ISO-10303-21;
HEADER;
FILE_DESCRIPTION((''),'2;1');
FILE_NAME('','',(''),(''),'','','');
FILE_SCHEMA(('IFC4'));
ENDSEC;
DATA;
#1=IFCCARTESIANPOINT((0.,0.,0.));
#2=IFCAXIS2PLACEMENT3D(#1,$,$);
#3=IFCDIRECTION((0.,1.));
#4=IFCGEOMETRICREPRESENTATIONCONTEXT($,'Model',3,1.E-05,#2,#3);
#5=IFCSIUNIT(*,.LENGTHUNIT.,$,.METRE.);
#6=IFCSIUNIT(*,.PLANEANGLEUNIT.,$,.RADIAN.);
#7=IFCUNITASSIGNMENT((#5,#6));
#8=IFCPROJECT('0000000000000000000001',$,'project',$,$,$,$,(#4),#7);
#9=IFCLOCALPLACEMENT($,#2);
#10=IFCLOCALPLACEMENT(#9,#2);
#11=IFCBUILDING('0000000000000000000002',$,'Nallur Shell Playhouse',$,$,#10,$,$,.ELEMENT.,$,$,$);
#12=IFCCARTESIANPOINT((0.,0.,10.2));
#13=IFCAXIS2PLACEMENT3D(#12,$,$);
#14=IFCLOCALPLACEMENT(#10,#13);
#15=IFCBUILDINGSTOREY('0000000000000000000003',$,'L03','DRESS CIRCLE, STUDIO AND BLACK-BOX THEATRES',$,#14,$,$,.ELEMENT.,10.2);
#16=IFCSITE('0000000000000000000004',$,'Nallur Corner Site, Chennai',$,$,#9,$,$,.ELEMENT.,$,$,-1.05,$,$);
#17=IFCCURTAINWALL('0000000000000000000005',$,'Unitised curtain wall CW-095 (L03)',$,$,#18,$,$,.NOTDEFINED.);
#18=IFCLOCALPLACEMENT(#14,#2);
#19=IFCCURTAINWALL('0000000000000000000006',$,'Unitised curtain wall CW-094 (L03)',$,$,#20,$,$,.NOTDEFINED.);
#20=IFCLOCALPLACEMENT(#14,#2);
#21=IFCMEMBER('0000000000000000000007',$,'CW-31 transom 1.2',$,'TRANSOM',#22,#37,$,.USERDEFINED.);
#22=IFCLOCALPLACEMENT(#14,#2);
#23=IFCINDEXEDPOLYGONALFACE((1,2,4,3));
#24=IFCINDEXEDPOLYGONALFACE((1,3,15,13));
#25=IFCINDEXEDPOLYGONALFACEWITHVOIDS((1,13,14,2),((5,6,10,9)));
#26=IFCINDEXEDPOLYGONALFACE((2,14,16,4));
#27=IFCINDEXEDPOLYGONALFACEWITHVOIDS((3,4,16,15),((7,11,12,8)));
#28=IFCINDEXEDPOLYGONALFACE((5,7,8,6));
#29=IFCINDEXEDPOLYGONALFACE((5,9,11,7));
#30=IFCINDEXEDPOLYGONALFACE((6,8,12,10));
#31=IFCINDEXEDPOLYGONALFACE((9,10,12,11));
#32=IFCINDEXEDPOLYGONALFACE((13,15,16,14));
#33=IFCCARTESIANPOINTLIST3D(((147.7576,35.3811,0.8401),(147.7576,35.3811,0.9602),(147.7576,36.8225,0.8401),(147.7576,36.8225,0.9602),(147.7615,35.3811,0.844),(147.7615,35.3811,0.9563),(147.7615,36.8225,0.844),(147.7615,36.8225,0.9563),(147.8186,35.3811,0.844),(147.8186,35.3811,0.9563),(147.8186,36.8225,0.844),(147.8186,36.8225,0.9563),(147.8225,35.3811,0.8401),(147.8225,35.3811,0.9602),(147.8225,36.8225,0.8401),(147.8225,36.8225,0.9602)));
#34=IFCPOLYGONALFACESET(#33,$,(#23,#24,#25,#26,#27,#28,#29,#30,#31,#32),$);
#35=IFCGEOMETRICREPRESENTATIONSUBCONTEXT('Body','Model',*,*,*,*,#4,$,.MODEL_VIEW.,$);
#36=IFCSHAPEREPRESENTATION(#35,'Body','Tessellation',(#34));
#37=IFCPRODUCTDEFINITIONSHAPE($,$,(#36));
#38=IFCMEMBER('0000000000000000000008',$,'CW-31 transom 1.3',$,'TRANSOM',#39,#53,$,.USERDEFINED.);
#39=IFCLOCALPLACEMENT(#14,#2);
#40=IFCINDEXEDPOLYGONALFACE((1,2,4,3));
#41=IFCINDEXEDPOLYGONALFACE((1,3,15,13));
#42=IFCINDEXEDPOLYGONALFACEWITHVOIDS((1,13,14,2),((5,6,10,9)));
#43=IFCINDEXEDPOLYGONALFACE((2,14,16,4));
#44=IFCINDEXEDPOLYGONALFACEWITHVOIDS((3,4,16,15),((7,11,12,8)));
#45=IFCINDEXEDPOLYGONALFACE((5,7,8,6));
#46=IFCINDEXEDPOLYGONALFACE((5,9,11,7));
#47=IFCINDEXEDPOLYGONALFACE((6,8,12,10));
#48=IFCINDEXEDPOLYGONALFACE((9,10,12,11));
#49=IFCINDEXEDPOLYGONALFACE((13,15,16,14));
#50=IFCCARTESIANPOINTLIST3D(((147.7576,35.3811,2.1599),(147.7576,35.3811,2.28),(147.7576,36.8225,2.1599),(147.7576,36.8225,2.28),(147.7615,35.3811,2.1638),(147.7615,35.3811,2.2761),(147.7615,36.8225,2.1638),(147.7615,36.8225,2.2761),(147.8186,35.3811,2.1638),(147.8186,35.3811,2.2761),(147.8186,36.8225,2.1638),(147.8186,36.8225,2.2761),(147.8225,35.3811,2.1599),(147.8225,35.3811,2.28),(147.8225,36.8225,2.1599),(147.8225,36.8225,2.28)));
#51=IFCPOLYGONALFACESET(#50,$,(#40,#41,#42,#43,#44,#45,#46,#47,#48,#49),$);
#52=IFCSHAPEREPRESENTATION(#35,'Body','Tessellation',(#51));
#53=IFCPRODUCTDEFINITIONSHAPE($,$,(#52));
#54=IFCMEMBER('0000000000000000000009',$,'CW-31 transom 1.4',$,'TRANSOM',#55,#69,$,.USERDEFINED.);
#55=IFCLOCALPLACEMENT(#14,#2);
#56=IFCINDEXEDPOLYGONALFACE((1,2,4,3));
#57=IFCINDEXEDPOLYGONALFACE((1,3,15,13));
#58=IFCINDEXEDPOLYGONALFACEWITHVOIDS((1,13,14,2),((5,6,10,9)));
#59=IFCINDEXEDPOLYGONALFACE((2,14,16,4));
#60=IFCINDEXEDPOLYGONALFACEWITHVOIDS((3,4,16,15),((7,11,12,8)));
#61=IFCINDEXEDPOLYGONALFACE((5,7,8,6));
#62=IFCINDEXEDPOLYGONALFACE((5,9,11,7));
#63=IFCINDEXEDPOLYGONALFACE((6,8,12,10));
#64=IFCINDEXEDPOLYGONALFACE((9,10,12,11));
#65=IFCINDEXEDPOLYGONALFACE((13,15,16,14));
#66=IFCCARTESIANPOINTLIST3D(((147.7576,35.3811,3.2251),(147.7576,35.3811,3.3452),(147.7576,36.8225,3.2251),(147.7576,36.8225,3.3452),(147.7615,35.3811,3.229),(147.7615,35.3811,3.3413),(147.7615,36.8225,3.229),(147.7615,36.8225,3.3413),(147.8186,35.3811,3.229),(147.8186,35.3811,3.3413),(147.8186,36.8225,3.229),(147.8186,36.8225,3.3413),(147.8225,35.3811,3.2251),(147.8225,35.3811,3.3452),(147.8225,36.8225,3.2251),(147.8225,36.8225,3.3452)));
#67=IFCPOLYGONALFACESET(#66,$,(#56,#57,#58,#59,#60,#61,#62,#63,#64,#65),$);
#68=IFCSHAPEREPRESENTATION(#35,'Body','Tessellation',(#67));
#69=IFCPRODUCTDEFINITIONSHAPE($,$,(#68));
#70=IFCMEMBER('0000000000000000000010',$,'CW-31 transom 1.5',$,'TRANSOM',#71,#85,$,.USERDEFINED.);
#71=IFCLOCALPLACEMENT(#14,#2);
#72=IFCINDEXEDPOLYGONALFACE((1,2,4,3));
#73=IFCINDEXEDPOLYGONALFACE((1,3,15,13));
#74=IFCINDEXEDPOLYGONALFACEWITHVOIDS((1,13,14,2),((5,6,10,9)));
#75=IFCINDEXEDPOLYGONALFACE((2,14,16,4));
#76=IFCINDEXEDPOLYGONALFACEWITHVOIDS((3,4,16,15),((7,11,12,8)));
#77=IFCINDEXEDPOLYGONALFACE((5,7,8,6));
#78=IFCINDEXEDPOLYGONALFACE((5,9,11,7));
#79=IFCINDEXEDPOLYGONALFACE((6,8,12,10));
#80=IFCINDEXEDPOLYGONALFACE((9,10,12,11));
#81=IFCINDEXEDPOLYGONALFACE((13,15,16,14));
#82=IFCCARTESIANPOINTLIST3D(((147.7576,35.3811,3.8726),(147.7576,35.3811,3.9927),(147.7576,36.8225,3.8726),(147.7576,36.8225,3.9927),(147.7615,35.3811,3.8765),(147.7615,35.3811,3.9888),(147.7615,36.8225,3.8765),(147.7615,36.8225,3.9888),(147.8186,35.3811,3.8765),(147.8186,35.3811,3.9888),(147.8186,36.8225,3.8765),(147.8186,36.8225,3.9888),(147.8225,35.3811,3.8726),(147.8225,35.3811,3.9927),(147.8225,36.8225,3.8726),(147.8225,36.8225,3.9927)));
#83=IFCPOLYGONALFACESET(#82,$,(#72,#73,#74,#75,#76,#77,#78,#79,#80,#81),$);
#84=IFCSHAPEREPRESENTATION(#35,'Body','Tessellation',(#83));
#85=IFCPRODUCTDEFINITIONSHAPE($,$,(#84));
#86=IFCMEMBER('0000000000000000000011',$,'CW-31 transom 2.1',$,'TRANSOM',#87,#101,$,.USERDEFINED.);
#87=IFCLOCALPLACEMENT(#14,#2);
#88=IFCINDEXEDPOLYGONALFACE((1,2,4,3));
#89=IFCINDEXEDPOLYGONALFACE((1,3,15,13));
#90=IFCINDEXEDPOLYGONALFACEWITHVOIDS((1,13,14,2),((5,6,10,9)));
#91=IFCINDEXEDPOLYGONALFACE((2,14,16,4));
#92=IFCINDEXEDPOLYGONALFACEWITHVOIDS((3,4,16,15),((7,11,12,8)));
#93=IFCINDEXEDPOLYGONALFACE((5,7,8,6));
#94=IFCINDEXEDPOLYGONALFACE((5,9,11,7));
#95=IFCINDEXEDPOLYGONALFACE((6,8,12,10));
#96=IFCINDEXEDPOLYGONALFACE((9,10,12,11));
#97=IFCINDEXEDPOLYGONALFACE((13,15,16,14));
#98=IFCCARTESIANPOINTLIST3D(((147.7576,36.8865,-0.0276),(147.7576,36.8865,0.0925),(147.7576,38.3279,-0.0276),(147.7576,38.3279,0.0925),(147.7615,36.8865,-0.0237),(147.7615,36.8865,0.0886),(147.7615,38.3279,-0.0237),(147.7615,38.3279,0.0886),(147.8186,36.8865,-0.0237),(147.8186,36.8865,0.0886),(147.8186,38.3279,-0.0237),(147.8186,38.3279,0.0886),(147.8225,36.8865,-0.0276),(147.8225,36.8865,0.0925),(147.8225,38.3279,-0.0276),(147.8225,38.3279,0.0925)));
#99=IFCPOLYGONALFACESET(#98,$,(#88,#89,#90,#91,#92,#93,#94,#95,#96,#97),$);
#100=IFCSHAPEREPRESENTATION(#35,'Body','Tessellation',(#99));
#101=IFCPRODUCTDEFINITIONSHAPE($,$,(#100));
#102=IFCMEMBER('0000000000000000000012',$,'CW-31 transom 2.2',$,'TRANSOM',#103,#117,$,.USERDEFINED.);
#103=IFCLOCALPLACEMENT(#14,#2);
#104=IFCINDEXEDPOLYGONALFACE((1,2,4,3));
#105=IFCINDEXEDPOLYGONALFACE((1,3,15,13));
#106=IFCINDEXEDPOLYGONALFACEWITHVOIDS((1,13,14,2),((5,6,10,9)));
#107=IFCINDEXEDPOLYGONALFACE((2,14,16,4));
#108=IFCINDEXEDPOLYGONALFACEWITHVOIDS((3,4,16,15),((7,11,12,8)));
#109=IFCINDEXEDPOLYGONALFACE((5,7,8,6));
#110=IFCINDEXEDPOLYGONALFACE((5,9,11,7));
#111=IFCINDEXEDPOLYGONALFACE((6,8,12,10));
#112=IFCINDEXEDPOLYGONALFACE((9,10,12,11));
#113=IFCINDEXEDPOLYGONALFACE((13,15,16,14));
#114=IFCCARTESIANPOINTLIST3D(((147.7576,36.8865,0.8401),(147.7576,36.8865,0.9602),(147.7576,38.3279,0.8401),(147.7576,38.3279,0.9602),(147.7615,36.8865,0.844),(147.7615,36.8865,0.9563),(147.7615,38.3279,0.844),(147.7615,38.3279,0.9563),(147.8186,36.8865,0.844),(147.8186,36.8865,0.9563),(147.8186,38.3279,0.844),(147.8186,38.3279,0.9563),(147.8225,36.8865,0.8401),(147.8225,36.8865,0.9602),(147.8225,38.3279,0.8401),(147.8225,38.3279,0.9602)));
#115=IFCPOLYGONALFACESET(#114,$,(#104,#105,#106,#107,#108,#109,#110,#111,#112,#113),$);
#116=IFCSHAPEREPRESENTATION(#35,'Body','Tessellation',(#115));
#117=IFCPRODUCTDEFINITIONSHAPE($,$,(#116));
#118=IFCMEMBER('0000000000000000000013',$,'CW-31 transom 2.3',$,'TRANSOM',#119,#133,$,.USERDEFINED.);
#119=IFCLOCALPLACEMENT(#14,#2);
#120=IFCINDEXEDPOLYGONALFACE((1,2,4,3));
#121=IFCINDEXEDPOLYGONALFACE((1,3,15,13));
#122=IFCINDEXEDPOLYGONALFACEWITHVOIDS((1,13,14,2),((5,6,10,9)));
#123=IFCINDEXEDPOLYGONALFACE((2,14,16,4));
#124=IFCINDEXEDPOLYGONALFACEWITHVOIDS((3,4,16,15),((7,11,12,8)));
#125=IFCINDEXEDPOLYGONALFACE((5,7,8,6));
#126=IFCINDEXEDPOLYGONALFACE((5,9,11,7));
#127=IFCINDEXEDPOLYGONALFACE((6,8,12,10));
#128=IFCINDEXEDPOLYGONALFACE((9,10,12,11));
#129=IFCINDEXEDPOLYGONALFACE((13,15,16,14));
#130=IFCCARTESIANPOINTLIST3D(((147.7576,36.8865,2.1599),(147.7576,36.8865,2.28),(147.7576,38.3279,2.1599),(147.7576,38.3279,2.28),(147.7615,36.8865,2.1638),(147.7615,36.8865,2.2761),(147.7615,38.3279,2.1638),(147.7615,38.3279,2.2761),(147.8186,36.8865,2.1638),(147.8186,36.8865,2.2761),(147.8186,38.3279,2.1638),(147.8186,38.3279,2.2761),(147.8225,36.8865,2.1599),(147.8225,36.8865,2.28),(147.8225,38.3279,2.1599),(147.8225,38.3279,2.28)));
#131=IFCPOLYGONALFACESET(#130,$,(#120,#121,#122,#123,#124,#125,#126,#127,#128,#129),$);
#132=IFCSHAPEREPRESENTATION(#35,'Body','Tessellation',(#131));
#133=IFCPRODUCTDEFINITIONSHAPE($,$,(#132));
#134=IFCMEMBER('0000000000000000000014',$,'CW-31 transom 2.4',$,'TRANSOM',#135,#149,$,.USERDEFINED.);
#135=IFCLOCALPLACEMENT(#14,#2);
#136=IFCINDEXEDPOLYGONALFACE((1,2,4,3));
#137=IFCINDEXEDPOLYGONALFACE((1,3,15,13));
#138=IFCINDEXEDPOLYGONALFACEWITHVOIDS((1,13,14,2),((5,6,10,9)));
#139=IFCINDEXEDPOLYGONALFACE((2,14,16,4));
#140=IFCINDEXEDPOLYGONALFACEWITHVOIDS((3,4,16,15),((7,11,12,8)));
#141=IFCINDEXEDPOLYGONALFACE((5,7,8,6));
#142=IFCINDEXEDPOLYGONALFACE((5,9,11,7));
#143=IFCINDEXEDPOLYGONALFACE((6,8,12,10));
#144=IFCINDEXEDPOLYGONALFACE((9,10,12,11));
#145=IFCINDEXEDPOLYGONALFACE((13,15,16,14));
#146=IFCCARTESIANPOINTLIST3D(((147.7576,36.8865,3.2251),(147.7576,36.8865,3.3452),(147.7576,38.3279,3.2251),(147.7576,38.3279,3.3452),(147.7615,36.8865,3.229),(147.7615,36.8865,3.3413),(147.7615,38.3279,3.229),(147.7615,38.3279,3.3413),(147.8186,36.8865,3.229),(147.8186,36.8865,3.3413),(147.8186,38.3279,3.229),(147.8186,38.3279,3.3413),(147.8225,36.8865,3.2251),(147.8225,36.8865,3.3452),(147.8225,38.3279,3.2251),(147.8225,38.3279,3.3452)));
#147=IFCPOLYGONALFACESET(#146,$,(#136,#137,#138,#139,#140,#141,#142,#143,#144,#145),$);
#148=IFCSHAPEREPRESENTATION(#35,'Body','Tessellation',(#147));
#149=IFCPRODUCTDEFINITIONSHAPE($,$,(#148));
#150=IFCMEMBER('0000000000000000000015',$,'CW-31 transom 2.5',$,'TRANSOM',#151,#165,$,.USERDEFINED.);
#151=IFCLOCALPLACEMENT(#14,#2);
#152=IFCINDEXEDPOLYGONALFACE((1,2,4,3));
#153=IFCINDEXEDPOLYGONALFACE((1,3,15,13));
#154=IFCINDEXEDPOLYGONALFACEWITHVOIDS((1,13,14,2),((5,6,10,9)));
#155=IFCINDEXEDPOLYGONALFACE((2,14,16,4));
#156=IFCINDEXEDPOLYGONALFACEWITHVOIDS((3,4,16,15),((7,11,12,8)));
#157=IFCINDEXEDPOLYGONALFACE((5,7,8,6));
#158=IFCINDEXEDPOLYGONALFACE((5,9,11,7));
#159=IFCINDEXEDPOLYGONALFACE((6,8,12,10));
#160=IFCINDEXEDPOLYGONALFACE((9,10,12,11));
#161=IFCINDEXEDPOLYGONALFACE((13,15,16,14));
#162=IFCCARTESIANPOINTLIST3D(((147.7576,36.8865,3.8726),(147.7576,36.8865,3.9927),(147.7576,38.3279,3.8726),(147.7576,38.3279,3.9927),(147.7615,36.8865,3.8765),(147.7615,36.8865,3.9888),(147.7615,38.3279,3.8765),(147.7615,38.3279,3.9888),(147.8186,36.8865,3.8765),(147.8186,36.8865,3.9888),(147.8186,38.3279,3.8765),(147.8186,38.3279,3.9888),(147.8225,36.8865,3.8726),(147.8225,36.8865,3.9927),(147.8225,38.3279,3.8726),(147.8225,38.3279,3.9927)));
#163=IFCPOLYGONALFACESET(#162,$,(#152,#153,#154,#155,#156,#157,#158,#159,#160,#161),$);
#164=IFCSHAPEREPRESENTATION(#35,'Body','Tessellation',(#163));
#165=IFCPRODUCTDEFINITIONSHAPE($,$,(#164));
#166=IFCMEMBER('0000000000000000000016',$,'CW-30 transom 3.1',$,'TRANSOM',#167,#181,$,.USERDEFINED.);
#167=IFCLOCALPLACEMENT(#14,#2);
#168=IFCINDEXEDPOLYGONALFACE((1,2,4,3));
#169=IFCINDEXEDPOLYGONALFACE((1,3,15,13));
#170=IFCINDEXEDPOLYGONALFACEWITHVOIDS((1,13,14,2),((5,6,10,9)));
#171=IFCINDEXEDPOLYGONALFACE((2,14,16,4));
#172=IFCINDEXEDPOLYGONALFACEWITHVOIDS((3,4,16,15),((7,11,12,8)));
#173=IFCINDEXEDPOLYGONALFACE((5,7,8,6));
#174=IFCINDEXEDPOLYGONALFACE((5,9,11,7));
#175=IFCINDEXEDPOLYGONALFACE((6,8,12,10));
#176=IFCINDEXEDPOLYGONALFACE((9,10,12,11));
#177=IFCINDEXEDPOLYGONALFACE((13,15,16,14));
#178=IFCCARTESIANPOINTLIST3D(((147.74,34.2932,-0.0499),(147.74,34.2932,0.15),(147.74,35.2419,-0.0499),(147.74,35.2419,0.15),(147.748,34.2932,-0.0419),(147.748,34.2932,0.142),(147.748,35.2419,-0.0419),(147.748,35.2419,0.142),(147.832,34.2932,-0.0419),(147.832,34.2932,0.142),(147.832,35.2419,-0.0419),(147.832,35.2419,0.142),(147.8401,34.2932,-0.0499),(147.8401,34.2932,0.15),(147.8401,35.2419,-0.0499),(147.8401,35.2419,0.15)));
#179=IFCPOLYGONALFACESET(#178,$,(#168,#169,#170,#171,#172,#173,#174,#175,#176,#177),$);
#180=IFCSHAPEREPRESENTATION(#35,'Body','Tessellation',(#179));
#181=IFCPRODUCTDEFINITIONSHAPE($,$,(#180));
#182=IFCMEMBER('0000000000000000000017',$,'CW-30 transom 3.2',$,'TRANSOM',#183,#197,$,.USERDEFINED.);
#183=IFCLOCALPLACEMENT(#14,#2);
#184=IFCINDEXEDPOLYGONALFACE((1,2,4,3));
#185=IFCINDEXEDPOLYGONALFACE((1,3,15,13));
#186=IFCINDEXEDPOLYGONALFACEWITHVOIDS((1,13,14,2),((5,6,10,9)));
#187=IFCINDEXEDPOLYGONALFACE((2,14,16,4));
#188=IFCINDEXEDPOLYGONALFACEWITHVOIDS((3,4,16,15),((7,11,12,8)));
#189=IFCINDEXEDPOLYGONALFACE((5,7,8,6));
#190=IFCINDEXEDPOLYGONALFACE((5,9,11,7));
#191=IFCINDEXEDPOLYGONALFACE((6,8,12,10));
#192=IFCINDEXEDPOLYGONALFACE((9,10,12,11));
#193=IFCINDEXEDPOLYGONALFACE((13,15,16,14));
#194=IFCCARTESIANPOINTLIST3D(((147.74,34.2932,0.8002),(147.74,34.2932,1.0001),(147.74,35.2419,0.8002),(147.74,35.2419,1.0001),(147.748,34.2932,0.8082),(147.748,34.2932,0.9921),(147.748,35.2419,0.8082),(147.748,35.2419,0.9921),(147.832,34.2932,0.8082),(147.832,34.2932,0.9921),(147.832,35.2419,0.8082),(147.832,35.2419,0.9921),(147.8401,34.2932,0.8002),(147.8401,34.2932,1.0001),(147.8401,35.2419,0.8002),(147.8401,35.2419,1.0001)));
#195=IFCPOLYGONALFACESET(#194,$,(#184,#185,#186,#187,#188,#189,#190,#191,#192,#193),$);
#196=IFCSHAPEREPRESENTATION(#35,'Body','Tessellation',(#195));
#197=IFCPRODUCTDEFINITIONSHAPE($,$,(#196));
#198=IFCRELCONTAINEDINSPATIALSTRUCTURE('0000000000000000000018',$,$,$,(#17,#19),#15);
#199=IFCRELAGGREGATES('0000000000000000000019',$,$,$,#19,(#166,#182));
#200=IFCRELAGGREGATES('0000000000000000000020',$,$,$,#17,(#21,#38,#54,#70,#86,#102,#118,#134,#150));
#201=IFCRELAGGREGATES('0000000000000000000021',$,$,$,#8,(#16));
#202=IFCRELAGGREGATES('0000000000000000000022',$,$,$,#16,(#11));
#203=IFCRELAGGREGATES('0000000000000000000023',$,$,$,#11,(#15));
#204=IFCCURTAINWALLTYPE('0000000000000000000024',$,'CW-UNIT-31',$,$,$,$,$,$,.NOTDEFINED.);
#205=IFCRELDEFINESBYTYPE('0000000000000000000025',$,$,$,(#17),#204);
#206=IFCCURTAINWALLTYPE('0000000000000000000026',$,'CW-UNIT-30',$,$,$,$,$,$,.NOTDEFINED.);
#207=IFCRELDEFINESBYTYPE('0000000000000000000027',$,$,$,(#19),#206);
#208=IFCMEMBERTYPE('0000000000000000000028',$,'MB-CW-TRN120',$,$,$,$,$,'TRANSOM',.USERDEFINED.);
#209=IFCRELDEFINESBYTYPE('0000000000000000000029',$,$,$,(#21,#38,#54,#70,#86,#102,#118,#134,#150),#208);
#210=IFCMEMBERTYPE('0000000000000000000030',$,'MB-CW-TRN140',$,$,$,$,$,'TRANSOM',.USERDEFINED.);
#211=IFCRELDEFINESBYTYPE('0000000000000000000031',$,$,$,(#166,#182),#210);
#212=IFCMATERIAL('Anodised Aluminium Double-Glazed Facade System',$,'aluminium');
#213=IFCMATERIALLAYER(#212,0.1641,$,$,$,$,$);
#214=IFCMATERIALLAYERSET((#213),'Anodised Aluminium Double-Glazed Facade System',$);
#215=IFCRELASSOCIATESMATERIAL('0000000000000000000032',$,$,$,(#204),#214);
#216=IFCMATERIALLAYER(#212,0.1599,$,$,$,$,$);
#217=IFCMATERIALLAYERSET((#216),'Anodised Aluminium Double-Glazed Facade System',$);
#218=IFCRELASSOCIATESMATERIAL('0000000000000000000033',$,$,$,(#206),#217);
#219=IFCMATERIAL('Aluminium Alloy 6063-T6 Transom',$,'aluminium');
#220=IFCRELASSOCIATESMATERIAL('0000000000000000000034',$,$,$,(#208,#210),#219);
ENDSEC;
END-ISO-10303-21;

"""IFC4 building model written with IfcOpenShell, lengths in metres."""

from ifc_helpers import new_model, si_unit, direction, frame, origin, origin_2d, place, context, subcontext, project, spatial, hollow_rectangle, extrude, material, layer, layer_set, material_profile, profile_set, type_object, element, aggregate, save


model = new_model("IFC4")

# Units and contexts
model_context = context("Model", 3, precision=1e-05, world=origin(), true_north=direction((0.0, 1.0)))
body_context = subcontext(model_context, "Body", "Model", "MODEL_VIEW")
ifc_project = project(units=[si_unit("LENGTHUNIT", "METRE"), si_unit("PLANEANGLEUNIT", "RADIAN")], contexts=[model_context])

# Site, building, storey
site_placement = place(None, origin())
site = spatial("IfcSite", under=ifc_project, at=site_placement, Name="Nallur Corner Site, Chennai", CompositionType="ELEMENT", RefElevation=-1.05)
building_placement = place(site_placement, origin())
building = spatial("IfcBuilding", under=site, at=building_placement, Name="Nallur Shell Playhouse", CompositionType="ELEMENT")
storey_placement = place(building_placement, frame((0.0, 0.0, 10.2)))
storey = spatial("IfcBuildingStorey", under=building, at=storey_placement, Name="L03", Description="DRESS CIRCLE, STUDIO AND BLACK-BOX THEATRES", CompositionType="ELEMENT", Elevation=10.2)

# Curtain walls
ifc_material_1 = material(Name="Anodised Aluminium Double-Glazed Facade System", Category="aluminium")
ifc_layer_1 = layer(ifc_material_1, 0.1641)
ifc_layer_set_1 = layer_set([ifc_layer_1], Name="Anodised Aluminium Double-Glazed Facade System")
curtain_wall_type_1 = type_object("IfcCurtainWallType", Name="CW-UNIT-31", PredefinedType="NOTDEFINED", material=ifc_layer_set_1)
curtain_wall_1_placement = place(storey_placement, origin())
curtain_wall_1 = element("IfcCurtainWall", 1, at=curtain_wall_1_placement, inside=storey, type_object=curtain_wall_type_1, Name="Unitised curtain wall CW-095 (L03)", PredefinedType="NOTDEFINED")
ifc_layer_2 = layer(ifc_material_1, 0.1599)
ifc_layer_set_2 = layer_set([ifc_layer_2], Name="Anodised Aluminium Double-Glazed Facade System")
curtain_wall_type_2 = type_object("IfcCurtainWallType", Name="CW-UNIT-30", PredefinedType="NOTDEFINED", material=ifc_layer_set_2)
curtain_wall_2_placement = place(storey_placement, origin())
curtain_wall_2 = element("IfcCurtainWall", 2, at=curtain_wall_2_placement, inside=storey, type_object=curtain_wall_type_2, Name="Unitised curtain wall CW-094 (L03)", PredefinedType="NOTDEFINED")

# Members
ifc_material_2 = material(Name="Aluminium Alloy 6063-T6 Transom", Category="aluminium")
ifc_material_profile_1 = material_profile(ifc_material_2, hollow_rectangle(XDim=0.0649, YDim=0.1201, WallThickness=0.0039, at=origin_2d()), Name="ALU 65x120x4")
ifc_profile_set_1 = profile_set([ifc_material_profile_1], Name="Aluminium Alloy 6063-T6 Transom")
member_type_1 = type_object("IfcMemberType", Name="MB-CW-TRN120", ElementType="TRANSOM", PredefinedType="USERDEFINED", material=ifc_profile_set_1)
member_1_placement = place(storey_placement, frame((147.79, 35.3811, 0.9001), z_axis=(0.0, 1.0, 0.0), x_axis=(-1.0, 0.0, 0.0)))
member_1 = element("IfcMember", 3, at=member_1_placement, type_object=member_type_1, Name="CW-31 transom 1.2", ObjectType="TRANSOM", PredefinedType="USERDEFINED", context=body_context, shape_type="SweptSolid", body=[
    extrude(hollow_rectangle(XDim=0.0649, YDim=0.1201, WallThickness=0.0039, at=origin_2d()), origin(), (0.0, 0.0, 1.0), 1.4414),
])
member_2_placement = place(storey_placement, frame((147.79, 35.3811, 2.22), z_axis=(0.0, 1.0, 0.0), x_axis=(-1.0, 0.0, 0.0)))
member_2 = element("IfcMember", 4, at=member_2_placement, type_object=member_type_1, Name="CW-31 transom 1.3", ObjectType="TRANSOM", PredefinedType="USERDEFINED", context=body_context, shape_type="SweptSolid", body=[
    extrude(hollow_rectangle(XDim=0.0649, YDim=0.1201, WallThickness=0.0039, at=origin_2d()), origin(), (0.0, 0.0, 1.0), 1.4414),
])
member_3_placement = place(storey_placement, frame((147.79, 35.3811, 3.2852), z_axis=(0.0, 1.0, 0.0), x_axis=(-1.0, 0.0, 0.0)))
member_3 = element("IfcMember", 5, at=member_3_placement, type_object=member_type_1, Name="CW-31 transom 1.4", ObjectType="TRANSOM", PredefinedType="USERDEFINED", context=body_context, shape_type="SweptSolid", body=[
    extrude(hollow_rectangle(XDim=0.0649, YDim=0.1201, WallThickness=0.0039, at=origin_2d()), origin(), (0.0, 0.0, 1.0), 1.4414),
])
member_4_placement = place(storey_placement, frame((147.79, 35.3811, 3.9326), z_axis=(0.0, 1.0, 0.0), x_axis=(-1.0, 0.0, 0.0)))
member_4 = element("IfcMember", 6, at=member_4_placement, type_object=member_type_1, Name="CW-31 transom 1.5", ObjectType="TRANSOM", PredefinedType="USERDEFINED", context=body_context, shape_type="SweptSolid", body=[
    extrude(hollow_rectangle(XDim=0.0649, YDim=0.1201, WallThickness=0.0039, at=origin_2d()), origin(), (0.0, 0.0, 1.0), 1.4414),
])
member_5_placement = place(storey_placement, frame((147.79, 36.8865, 0.0325), z_axis=(0.0, 1.0, 0.0), x_axis=(-1.0, 0.0, 0.0)))
member_5 = element("IfcMember", 7, at=member_5_placement, type_object=member_type_1, Name="CW-31 transom 2.1", ObjectType="TRANSOM", PredefinedType="USERDEFINED", context=body_context, shape_type="SweptSolid", body=[
    extrude(hollow_rectangle(XDim=0.0649, YDim=0.1201, WallThickness=0.0039, at=origin_2d()), origin(), (0.0, 0.0, 1.0), 1.4414),
])
member_6_placement = place(storey_placement, frame((147.79, 36.8865, 0.9001), z_axis=(0.0, 1.0, 0.0), x_axis=(-1.0, 0.0, 0.0)))
member_6 = element("IfcMember", 8, at=member_6_placement, type_object=member_type_1, Name="CW-31 transom 2.2", ObjectType="TRANSOM", PredefinedType="USERDEFINED", context=body_context, shape_type="SweptSolid", body=[
    extrude(hollow_rectangle(XDim=0.0649, YDim=0.1201, WallThickness=0.0039, at=origin_2d()), origin(), (0.0, 0.0, 1.0), 1.4414),
])
member_7_placement = place(storey_placement, frame((147.79, 36.8865, 2.22), z_axis=(0.0, 1.0, 0.0), x_axis=(-1.0, 0.0, 0.0)))
member_7 = element("IfcMember", 9, at=member_7_placement, type_object=member_type_1, Name="CW-31 transom 2.3", ObjectType="TRANSOM", PredefinedType="USERDEFINED", context=body_context, shape_type="SweptSolid", body=[
    extrude(hollow_rectangle(XDim=0.0649, YDim=0.1201, WallThickness=0.0039, at=origin_2d()), origin(), (0.0, 0.0, 1.0), 1.4414),
])
member_8_placement = place(storey_placement, frame((147.79, 36.8865, 3.2852), z_axis=(0.0, 1.0, 0.0), x_axis=(-1.0, 0.0, 0.0)))
member_8 = element("IfcMember", 10, at=member_8_placement, type_object=member_type_1, Name="CW-31 transom 2.4", ObjectType="TRANSOM", PredefinedType="USERDEFINED", context=body_context, shape_type="SweptSolid", body=[
    extrude(hollow_rectangle(XDim=0.0649, YDim=0.1201, WallThickness=0.0039, at=origin_2d()), origin(), (0.0, 0.0, 1.0), 1.4414),
])
member_9_placement = place(storey_placement, frame((147.79, 36.8865, 3.9326), z_axis=(0.0, 1.0, 0.0), x_axis=(-1.0, 0.0, 0.0)))
member_9 = element("IfcMember", 11, at=member_9_placement, type_object=member_type_1, Name="CW-31 transom 2.5", ObjectType="TRANSOM", PredefinedType="USERDEFINED", context=body_context, shape_type="SweptSolid", body=[
    extrude(hollow_rectangle(XDim=0.0649, YDim=0.1201, WallThickness=0.0039, at=origin_2d()), origin(), (0.0, 0.0, 1.0), 1.4414),
])
ifc_material_profile_2 = material_profile(ifc_material_2, hollow_rectangle(XDim=0.1001, YDim=0.2, WallThickness=0.0081, at=origin_2d()), Name="RHS 200x100x8")
ifc_profile_set_2 = profile_set([ifc_material_profile_2], Name="Aluminium Alloy 6063-T6 Transom")
member_type_2 = type_object("IfcMemberType", Name="MB-CW-TRN140", ElementType="TRANSOM", PredefinedType="USERDEFINED", material=ifc_profile_set_2)
member_10_placement = place(storey_placement, frame((147.79, 34.2932, 0.05), z_axis=(0.0, 1.0, 0.0), x_axis=(-1.0, 0.0, 0.0)))
member_10 = element("IfcMember", 12, at=member_10_placement, type_object=member_type_2, Name="CW-30 transom 3.1", ObjectType="TRANSOM", PredefinedType="USERDEFINED", context=body_context, shape_type="SweptSolid", body=[
    extrude(hollow_rectangle(XDim=0.1001, YDim=0.2, WallThickness=0.0081, at=origin_2d()), origin(), (0.0, 0.0, 1.0), 0.9487),
])
member_11_placement = place(storey_placement, frame((147.79, 34.2932, 0.9001), z_axis=(0.0, 1.0, 0.0), x_axis=(-1.0, 0.0, 0.0)))
member_11 = element("IfcMember", 13, at=member_11_placement, type_object=member_type_2, Name="CW-30 transom 3.2", ObjectType="TRANSOM", PredefinedType="USERDEFINED", context=body_context, shape_type="SweptSolid", body=[
    extrude(hollow_rectangle(XDim=0.1001, YDim=0.2, WallThickness=0.0081, at=origin_2d()), origin(), (0.0, 0.0, 1.0), 0.9487),
])

aggregate(curtain_wall_2, [member_10, member_11])
aggregate(curtain_wall_1, [member_1, member_2, member_3, member_4, member_5, member_6, member_7, member_8, member_9])

save(model, "model.ifc")
